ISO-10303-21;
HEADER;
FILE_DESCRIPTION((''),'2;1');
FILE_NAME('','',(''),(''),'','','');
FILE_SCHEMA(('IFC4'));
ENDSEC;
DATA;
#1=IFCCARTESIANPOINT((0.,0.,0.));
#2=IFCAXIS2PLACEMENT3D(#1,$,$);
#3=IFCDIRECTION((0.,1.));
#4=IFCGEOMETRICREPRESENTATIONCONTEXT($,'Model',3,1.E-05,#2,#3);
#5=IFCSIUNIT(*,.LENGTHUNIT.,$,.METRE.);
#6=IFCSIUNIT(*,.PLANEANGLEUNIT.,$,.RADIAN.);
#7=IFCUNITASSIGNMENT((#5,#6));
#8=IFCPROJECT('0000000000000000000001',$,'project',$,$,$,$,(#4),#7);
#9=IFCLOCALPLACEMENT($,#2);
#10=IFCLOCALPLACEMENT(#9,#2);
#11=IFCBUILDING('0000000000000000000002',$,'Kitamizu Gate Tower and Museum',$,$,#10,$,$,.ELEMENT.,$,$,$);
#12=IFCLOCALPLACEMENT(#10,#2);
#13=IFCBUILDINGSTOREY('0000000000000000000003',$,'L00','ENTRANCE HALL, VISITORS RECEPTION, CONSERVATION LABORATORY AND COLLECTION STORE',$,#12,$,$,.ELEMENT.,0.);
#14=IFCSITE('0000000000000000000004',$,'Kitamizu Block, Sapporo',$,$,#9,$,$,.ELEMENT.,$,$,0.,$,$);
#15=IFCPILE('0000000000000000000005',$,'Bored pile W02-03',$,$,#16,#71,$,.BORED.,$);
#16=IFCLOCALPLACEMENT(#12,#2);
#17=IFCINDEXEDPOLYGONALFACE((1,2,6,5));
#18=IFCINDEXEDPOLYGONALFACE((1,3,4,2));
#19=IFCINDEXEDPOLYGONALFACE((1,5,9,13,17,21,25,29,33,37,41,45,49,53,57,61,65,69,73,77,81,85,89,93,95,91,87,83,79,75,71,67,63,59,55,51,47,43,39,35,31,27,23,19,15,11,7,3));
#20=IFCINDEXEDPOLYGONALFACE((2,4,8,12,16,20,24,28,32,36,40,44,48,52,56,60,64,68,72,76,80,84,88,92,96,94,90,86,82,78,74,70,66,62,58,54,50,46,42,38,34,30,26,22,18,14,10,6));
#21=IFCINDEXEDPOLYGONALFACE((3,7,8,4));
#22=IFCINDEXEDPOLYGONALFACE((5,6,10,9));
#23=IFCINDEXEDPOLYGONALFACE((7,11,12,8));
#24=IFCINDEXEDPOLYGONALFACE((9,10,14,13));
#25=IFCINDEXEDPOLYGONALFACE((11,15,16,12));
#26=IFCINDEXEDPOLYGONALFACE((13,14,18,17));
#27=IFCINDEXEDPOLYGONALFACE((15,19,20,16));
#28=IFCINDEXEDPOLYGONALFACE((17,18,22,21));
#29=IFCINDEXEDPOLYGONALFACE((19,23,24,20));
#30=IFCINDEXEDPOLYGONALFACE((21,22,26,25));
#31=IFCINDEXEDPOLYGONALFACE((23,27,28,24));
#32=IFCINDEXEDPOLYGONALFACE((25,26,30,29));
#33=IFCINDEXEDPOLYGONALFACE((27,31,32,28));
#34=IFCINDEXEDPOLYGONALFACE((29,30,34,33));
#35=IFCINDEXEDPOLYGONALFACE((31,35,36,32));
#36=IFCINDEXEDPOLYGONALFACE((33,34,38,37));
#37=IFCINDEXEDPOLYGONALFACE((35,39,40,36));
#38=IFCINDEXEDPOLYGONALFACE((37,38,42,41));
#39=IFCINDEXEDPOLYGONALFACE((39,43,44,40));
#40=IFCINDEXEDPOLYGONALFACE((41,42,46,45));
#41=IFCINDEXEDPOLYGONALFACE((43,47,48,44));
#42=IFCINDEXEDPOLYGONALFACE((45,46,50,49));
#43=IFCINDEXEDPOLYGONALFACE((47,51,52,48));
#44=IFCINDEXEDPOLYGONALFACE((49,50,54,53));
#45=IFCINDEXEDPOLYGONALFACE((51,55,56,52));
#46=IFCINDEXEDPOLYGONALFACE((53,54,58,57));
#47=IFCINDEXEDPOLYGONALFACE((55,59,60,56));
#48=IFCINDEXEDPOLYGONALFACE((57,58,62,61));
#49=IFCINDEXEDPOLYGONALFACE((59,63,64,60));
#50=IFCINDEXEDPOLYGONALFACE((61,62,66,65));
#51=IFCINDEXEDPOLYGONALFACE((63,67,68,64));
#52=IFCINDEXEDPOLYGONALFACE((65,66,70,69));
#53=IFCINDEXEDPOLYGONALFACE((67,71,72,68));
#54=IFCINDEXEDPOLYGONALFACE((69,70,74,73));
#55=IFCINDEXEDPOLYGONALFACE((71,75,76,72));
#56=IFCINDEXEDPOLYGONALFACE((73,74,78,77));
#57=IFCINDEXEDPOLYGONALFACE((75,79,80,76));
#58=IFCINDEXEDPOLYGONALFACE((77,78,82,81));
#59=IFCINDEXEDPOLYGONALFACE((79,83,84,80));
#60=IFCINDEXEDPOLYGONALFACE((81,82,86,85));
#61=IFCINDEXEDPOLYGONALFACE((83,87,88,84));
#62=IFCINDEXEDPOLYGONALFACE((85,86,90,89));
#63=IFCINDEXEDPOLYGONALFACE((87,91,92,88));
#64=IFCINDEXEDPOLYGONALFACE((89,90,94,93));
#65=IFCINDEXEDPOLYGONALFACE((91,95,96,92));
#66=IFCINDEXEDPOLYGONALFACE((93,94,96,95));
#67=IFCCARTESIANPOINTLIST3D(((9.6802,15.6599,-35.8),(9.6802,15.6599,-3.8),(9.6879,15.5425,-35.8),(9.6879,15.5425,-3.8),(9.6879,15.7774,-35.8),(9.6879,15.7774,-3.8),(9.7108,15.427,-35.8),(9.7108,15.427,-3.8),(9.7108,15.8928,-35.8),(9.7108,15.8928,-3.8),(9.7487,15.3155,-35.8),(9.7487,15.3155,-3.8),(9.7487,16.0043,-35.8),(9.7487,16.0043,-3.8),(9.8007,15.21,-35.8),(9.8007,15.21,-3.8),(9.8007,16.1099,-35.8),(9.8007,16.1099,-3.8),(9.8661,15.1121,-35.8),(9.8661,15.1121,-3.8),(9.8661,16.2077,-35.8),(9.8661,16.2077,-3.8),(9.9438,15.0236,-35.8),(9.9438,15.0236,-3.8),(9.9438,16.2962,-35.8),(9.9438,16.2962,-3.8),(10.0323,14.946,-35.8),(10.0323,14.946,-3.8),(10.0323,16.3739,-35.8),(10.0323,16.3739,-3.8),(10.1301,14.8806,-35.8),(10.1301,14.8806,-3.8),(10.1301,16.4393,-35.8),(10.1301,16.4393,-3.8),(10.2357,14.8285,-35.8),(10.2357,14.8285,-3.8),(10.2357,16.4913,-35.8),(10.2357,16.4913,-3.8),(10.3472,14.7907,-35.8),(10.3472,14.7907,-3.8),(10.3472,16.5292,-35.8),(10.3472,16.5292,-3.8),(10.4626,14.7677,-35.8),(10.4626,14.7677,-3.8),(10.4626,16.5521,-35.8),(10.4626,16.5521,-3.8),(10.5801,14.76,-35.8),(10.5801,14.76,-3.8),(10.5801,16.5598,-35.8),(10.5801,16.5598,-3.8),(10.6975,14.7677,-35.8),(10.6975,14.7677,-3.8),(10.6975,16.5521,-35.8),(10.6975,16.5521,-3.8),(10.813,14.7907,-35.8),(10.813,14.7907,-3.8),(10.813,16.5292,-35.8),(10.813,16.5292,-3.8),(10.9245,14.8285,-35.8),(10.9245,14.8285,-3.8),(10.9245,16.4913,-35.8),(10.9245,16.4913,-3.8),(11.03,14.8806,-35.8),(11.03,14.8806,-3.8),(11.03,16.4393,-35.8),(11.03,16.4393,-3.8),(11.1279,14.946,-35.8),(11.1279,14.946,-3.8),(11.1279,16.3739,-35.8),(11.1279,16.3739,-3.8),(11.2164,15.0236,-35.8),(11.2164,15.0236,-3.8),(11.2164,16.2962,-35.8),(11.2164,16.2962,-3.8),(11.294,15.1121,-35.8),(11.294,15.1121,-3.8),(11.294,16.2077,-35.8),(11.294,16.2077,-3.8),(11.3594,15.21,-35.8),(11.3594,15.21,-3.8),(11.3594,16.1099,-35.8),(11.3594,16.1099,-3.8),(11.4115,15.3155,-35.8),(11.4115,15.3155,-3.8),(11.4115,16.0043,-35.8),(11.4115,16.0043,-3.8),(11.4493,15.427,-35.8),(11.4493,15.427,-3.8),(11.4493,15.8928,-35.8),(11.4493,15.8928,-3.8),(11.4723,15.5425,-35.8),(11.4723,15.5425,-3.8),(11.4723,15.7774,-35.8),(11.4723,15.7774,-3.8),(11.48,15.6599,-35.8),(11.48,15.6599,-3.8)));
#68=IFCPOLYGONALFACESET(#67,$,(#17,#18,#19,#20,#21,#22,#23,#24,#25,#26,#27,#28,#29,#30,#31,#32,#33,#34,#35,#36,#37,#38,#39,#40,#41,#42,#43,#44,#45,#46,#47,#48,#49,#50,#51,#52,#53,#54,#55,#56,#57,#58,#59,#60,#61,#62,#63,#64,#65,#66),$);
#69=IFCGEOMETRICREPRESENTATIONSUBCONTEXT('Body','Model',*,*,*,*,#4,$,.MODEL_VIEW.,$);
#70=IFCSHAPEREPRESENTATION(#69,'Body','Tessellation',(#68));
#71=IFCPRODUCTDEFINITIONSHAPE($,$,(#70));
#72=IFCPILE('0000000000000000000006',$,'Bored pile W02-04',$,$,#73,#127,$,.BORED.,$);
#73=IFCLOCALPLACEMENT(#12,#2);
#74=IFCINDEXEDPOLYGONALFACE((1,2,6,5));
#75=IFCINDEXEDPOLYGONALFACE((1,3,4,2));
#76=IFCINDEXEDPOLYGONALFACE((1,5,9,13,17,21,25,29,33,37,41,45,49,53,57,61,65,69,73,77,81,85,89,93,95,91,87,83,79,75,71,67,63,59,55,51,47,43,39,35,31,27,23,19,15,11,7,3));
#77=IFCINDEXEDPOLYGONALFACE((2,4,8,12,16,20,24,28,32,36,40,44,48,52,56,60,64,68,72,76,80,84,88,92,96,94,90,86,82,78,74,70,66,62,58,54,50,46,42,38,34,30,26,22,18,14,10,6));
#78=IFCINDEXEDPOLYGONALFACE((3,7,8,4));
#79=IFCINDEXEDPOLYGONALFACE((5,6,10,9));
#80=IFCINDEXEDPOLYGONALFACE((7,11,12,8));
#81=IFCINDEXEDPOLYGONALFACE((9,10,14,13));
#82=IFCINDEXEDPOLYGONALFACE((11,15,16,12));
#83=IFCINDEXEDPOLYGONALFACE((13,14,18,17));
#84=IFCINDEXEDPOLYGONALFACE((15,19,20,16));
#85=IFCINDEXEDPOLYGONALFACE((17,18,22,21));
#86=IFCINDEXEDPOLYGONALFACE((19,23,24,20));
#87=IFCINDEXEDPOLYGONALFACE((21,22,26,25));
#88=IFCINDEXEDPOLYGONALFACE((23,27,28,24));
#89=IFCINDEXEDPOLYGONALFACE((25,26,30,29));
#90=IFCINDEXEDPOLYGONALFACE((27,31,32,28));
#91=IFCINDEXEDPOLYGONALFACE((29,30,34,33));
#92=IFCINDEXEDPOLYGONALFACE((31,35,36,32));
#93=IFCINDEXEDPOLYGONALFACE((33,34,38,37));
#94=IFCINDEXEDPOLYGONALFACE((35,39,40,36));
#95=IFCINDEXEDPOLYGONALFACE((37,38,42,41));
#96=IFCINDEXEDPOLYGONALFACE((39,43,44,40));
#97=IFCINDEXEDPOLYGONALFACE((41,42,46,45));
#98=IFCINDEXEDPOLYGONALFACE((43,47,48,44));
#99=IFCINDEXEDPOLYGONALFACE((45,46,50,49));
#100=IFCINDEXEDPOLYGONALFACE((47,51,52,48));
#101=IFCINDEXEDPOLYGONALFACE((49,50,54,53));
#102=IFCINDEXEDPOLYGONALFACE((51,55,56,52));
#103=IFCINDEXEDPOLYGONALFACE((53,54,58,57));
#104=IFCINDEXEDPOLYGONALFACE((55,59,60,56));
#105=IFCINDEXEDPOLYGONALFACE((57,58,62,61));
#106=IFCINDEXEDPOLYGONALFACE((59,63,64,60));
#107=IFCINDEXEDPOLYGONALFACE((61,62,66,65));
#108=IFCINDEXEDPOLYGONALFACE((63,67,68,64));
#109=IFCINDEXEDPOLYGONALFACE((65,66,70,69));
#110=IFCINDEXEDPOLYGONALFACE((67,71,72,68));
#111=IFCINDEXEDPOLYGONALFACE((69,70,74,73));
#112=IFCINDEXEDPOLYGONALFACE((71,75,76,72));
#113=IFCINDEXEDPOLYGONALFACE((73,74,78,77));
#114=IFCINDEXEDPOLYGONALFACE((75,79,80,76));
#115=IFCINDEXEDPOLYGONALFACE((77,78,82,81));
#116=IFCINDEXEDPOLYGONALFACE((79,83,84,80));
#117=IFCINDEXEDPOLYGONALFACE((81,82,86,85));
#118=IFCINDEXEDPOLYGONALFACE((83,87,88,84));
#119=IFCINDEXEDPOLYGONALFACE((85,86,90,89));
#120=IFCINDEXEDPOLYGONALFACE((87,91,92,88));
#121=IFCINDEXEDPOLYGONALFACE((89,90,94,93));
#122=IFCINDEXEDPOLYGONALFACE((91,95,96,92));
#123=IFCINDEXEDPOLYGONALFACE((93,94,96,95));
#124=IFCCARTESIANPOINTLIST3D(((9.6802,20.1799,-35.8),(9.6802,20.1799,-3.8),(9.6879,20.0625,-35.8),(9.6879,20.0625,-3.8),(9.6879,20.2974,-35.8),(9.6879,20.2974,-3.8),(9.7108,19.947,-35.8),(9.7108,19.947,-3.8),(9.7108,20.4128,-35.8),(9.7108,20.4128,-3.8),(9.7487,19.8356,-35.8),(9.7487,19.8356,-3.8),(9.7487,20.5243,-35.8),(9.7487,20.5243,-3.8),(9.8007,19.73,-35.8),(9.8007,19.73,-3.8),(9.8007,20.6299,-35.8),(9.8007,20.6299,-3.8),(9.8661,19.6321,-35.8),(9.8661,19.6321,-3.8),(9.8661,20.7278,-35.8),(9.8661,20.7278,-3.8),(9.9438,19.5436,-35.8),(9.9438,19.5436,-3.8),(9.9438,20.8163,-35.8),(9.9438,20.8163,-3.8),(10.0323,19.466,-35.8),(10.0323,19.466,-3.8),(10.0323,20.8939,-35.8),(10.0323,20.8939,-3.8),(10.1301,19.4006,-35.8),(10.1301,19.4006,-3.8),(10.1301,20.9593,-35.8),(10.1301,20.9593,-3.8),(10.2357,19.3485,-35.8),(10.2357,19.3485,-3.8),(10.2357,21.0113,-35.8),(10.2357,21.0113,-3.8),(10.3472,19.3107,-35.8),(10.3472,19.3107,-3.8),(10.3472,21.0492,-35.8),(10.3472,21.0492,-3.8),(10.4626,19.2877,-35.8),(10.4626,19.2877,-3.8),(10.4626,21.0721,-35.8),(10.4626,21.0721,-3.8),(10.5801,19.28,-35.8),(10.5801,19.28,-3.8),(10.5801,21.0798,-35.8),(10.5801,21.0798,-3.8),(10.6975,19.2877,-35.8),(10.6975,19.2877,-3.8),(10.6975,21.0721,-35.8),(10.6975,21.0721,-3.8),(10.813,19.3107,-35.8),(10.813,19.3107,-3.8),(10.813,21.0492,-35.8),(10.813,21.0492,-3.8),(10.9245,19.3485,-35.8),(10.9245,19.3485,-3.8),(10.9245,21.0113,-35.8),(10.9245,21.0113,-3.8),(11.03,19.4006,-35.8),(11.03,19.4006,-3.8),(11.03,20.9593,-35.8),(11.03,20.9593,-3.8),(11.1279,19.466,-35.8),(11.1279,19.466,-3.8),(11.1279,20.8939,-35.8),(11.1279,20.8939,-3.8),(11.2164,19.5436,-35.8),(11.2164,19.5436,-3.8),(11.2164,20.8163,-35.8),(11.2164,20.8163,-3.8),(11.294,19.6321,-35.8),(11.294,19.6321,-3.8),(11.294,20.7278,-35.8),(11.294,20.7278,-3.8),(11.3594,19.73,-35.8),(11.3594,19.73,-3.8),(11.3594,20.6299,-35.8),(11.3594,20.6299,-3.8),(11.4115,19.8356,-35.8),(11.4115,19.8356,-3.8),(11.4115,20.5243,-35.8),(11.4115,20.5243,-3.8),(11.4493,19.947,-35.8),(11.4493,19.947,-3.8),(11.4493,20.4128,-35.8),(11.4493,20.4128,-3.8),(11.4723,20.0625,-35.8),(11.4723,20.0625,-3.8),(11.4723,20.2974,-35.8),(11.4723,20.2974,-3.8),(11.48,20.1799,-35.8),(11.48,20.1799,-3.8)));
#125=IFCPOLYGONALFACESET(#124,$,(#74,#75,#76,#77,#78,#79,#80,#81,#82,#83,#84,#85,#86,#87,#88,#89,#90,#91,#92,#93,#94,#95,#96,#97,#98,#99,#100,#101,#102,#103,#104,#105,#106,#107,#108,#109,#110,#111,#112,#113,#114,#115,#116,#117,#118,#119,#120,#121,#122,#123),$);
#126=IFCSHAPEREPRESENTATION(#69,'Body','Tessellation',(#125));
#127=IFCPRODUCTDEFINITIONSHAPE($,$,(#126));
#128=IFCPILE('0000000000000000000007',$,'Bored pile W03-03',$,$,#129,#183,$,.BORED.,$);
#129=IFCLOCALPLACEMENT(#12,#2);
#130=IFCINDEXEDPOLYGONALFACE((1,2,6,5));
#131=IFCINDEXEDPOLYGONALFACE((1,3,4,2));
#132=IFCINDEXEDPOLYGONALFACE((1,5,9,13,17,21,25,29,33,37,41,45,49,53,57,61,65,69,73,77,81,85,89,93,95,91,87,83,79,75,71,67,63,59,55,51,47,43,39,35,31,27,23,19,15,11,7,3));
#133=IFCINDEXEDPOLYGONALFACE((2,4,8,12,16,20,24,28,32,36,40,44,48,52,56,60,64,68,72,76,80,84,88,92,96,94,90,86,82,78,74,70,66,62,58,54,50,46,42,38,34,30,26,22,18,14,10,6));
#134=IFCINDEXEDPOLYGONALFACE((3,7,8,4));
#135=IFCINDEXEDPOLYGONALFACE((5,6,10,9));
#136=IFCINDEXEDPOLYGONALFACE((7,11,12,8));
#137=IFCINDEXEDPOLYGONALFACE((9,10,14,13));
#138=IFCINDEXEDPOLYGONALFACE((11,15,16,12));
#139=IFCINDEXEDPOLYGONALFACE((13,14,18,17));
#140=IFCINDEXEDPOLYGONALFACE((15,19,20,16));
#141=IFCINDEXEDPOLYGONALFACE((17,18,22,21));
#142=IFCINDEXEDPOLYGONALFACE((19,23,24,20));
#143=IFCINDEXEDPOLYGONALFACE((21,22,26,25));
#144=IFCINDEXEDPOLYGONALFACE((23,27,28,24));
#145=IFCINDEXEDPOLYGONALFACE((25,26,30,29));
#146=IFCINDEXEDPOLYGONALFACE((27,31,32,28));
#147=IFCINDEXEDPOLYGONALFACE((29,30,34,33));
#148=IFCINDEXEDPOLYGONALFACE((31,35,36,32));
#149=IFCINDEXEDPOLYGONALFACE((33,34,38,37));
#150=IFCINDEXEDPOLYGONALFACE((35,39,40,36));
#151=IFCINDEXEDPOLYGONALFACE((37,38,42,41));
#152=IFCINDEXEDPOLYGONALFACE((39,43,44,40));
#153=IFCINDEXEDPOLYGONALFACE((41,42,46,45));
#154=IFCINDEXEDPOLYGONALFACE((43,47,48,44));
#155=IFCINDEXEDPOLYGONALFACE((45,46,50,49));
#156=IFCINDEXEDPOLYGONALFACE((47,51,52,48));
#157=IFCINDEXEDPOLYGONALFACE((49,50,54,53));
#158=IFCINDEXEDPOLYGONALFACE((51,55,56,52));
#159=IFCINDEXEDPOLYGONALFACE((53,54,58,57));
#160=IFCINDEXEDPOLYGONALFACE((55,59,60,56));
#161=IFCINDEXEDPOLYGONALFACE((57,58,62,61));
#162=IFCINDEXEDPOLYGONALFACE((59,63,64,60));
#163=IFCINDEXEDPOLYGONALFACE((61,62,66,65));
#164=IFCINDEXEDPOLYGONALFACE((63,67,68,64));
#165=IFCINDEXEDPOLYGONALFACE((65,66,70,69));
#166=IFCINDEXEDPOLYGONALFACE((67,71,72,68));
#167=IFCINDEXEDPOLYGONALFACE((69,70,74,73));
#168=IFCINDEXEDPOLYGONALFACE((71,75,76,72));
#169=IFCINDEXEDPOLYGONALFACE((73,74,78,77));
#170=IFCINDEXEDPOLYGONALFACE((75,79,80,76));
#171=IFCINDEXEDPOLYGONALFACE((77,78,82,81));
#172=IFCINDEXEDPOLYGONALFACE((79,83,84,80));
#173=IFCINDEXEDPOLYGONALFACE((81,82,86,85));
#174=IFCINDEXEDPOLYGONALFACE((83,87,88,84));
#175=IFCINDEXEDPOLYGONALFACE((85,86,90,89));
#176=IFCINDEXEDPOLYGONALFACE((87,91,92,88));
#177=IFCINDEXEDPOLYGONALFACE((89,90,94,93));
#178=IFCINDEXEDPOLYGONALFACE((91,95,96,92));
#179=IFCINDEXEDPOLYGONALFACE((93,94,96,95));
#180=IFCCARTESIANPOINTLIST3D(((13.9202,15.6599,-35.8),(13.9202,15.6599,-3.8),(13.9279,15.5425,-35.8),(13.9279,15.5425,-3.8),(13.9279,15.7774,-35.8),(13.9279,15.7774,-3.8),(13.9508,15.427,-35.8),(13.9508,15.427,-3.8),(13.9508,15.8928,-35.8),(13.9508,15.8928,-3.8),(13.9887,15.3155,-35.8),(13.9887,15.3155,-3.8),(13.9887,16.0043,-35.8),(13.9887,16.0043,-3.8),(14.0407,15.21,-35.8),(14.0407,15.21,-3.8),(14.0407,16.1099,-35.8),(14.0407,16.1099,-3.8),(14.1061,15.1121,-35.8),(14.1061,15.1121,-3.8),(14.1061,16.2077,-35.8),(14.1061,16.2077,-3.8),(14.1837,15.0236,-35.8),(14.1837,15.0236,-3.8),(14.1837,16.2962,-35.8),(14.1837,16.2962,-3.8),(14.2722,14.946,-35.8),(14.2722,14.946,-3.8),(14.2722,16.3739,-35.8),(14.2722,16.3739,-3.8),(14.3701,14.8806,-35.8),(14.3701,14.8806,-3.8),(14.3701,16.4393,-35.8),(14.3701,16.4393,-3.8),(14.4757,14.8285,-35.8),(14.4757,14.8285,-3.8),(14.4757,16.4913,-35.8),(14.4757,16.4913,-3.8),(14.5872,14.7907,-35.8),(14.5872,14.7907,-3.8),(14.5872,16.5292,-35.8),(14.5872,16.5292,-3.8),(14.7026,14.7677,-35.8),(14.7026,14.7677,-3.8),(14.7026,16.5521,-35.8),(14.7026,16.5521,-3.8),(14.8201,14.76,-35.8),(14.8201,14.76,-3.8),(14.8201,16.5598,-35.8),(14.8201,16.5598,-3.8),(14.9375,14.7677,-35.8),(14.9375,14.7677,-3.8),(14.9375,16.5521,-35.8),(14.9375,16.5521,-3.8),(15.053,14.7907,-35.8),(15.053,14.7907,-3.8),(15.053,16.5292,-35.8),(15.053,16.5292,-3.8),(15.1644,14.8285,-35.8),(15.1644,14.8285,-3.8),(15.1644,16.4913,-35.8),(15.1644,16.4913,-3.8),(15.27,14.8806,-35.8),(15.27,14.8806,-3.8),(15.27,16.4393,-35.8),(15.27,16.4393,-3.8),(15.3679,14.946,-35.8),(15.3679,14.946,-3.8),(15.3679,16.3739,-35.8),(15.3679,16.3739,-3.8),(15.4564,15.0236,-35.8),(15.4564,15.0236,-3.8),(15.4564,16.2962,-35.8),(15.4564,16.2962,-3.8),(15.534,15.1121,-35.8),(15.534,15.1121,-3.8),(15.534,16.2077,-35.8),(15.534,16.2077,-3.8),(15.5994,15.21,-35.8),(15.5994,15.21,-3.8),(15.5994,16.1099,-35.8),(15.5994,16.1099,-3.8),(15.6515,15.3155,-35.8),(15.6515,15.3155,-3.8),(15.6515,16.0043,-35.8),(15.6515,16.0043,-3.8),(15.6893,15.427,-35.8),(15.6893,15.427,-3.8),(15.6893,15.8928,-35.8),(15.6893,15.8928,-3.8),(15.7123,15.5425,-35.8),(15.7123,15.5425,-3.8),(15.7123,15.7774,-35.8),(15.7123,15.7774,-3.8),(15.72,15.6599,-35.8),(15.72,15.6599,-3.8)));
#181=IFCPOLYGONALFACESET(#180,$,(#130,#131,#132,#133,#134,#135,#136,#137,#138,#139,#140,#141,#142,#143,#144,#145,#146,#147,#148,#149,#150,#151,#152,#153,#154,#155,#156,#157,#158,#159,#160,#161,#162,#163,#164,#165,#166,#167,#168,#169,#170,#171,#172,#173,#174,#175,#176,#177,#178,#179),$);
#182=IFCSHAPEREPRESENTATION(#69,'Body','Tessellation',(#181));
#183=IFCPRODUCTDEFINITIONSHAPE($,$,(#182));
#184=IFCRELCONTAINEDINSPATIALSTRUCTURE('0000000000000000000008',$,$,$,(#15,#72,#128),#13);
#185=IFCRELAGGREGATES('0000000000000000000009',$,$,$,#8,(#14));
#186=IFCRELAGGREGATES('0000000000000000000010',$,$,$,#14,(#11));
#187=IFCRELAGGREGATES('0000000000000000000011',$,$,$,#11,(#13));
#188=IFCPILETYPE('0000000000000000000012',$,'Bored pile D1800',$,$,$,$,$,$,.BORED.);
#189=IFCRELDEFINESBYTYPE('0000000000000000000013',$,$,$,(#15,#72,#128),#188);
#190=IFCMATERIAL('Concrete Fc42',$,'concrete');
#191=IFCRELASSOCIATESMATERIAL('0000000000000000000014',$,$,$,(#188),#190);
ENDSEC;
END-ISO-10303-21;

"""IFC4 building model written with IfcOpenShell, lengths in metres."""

from ifc_helpers import new_model, si_unit, direction, frame, origin, origin_2d, place, context, subcontext, project, spatial, circle, extrude, material, material_profile, profile_set, type_object, element, save


model = new_model("IFC4")

# Units and contexts
model_context = context("Model", 3, precision=1e-05, world=origin(), true_north=direction((0.0, 1.0)))
body_context = subcontext(model_context, "Body", "Model", "MODEL_VIEW")
ifc_project = project(units=[si_unit("LENGTHUNIT", "METRE"), si_unit("PLANEANGLEUNIT", "RADIAN")], contexts=[model_context])

# Site, building, storey
site_placement = place(None, origin())
site = spatial("IfcSite", under=ifc_project, at=site_placement, Name="Kitamizu Block, Sapporo", CompositionType="ELEMENT", RefElevation=0.0)
building_placement = place(site_placement, origin())
building = spatial("IfcBuilding", under=site, at=building_placement, Name="Kitamizu Gate Tower and Museum", CompositionType="ELEMENT")
storey_placement = place(building_placement, origin())
storey = spatial("IfcBuildingStorey", under=building, at=storey_placement, Name="L00", Description="ENTRANCE HALL, VISITORS RECEPTION, CONSERVATION LABORATORY AND COLLECTION STORE", CompositionType="ELEMENT", Elevation=0.0)

# Piles
ifc_material_1 = material(Name="Concrete Fc42", Category="concrete")
ifc_material_profile_1 = material_profile(ifc_material_1, circle(Radius=0.8999, at=origin_2d()), Name="Bored pile D1800")
ifc_profile_set_1 = profile_set([ifc_material_profile_1], Name="Concrete Fc42")
pile_type = type_object("IfcPileType", Name="Bored pile D1800", PredefinedType="BORED", material=ifc_profile_set_1)
for number, where, z_axis, x_axis, name in (
    (1, (10.5801, 15.6599, -3.8), (0.0, 0.0, -1.0), (1.0, 0.0, 0.0), "Bored pile W02-03"),
    (2, (10.5801, 20.1799, -3.8), (0.0, 0.0, -1.0), (1.0, 0.0, 0.0), "Bored pile W02-04"),
    (3, (14.8201, 15.6599, -3.8), (0.0, 0.0, -1.0), (1.0, 0.0, 0.0), "Bored pile W03-03"),
):
    element("IfcPile", number, at=place(storey_placement, frame(where, z_axis=z_axis, x_axis=x_axis)), inside=storey, type_object=pile_type, Name=name, PredefinedType="BORED", context=body_context, shape_type="SweptSolid", body=[
        extrude(circle(Radius=0.8999, at=origin_2d()), origin(), (0.0, 0.0, 1.0), 32.0),
    ])

save(model, "model.ifc")
